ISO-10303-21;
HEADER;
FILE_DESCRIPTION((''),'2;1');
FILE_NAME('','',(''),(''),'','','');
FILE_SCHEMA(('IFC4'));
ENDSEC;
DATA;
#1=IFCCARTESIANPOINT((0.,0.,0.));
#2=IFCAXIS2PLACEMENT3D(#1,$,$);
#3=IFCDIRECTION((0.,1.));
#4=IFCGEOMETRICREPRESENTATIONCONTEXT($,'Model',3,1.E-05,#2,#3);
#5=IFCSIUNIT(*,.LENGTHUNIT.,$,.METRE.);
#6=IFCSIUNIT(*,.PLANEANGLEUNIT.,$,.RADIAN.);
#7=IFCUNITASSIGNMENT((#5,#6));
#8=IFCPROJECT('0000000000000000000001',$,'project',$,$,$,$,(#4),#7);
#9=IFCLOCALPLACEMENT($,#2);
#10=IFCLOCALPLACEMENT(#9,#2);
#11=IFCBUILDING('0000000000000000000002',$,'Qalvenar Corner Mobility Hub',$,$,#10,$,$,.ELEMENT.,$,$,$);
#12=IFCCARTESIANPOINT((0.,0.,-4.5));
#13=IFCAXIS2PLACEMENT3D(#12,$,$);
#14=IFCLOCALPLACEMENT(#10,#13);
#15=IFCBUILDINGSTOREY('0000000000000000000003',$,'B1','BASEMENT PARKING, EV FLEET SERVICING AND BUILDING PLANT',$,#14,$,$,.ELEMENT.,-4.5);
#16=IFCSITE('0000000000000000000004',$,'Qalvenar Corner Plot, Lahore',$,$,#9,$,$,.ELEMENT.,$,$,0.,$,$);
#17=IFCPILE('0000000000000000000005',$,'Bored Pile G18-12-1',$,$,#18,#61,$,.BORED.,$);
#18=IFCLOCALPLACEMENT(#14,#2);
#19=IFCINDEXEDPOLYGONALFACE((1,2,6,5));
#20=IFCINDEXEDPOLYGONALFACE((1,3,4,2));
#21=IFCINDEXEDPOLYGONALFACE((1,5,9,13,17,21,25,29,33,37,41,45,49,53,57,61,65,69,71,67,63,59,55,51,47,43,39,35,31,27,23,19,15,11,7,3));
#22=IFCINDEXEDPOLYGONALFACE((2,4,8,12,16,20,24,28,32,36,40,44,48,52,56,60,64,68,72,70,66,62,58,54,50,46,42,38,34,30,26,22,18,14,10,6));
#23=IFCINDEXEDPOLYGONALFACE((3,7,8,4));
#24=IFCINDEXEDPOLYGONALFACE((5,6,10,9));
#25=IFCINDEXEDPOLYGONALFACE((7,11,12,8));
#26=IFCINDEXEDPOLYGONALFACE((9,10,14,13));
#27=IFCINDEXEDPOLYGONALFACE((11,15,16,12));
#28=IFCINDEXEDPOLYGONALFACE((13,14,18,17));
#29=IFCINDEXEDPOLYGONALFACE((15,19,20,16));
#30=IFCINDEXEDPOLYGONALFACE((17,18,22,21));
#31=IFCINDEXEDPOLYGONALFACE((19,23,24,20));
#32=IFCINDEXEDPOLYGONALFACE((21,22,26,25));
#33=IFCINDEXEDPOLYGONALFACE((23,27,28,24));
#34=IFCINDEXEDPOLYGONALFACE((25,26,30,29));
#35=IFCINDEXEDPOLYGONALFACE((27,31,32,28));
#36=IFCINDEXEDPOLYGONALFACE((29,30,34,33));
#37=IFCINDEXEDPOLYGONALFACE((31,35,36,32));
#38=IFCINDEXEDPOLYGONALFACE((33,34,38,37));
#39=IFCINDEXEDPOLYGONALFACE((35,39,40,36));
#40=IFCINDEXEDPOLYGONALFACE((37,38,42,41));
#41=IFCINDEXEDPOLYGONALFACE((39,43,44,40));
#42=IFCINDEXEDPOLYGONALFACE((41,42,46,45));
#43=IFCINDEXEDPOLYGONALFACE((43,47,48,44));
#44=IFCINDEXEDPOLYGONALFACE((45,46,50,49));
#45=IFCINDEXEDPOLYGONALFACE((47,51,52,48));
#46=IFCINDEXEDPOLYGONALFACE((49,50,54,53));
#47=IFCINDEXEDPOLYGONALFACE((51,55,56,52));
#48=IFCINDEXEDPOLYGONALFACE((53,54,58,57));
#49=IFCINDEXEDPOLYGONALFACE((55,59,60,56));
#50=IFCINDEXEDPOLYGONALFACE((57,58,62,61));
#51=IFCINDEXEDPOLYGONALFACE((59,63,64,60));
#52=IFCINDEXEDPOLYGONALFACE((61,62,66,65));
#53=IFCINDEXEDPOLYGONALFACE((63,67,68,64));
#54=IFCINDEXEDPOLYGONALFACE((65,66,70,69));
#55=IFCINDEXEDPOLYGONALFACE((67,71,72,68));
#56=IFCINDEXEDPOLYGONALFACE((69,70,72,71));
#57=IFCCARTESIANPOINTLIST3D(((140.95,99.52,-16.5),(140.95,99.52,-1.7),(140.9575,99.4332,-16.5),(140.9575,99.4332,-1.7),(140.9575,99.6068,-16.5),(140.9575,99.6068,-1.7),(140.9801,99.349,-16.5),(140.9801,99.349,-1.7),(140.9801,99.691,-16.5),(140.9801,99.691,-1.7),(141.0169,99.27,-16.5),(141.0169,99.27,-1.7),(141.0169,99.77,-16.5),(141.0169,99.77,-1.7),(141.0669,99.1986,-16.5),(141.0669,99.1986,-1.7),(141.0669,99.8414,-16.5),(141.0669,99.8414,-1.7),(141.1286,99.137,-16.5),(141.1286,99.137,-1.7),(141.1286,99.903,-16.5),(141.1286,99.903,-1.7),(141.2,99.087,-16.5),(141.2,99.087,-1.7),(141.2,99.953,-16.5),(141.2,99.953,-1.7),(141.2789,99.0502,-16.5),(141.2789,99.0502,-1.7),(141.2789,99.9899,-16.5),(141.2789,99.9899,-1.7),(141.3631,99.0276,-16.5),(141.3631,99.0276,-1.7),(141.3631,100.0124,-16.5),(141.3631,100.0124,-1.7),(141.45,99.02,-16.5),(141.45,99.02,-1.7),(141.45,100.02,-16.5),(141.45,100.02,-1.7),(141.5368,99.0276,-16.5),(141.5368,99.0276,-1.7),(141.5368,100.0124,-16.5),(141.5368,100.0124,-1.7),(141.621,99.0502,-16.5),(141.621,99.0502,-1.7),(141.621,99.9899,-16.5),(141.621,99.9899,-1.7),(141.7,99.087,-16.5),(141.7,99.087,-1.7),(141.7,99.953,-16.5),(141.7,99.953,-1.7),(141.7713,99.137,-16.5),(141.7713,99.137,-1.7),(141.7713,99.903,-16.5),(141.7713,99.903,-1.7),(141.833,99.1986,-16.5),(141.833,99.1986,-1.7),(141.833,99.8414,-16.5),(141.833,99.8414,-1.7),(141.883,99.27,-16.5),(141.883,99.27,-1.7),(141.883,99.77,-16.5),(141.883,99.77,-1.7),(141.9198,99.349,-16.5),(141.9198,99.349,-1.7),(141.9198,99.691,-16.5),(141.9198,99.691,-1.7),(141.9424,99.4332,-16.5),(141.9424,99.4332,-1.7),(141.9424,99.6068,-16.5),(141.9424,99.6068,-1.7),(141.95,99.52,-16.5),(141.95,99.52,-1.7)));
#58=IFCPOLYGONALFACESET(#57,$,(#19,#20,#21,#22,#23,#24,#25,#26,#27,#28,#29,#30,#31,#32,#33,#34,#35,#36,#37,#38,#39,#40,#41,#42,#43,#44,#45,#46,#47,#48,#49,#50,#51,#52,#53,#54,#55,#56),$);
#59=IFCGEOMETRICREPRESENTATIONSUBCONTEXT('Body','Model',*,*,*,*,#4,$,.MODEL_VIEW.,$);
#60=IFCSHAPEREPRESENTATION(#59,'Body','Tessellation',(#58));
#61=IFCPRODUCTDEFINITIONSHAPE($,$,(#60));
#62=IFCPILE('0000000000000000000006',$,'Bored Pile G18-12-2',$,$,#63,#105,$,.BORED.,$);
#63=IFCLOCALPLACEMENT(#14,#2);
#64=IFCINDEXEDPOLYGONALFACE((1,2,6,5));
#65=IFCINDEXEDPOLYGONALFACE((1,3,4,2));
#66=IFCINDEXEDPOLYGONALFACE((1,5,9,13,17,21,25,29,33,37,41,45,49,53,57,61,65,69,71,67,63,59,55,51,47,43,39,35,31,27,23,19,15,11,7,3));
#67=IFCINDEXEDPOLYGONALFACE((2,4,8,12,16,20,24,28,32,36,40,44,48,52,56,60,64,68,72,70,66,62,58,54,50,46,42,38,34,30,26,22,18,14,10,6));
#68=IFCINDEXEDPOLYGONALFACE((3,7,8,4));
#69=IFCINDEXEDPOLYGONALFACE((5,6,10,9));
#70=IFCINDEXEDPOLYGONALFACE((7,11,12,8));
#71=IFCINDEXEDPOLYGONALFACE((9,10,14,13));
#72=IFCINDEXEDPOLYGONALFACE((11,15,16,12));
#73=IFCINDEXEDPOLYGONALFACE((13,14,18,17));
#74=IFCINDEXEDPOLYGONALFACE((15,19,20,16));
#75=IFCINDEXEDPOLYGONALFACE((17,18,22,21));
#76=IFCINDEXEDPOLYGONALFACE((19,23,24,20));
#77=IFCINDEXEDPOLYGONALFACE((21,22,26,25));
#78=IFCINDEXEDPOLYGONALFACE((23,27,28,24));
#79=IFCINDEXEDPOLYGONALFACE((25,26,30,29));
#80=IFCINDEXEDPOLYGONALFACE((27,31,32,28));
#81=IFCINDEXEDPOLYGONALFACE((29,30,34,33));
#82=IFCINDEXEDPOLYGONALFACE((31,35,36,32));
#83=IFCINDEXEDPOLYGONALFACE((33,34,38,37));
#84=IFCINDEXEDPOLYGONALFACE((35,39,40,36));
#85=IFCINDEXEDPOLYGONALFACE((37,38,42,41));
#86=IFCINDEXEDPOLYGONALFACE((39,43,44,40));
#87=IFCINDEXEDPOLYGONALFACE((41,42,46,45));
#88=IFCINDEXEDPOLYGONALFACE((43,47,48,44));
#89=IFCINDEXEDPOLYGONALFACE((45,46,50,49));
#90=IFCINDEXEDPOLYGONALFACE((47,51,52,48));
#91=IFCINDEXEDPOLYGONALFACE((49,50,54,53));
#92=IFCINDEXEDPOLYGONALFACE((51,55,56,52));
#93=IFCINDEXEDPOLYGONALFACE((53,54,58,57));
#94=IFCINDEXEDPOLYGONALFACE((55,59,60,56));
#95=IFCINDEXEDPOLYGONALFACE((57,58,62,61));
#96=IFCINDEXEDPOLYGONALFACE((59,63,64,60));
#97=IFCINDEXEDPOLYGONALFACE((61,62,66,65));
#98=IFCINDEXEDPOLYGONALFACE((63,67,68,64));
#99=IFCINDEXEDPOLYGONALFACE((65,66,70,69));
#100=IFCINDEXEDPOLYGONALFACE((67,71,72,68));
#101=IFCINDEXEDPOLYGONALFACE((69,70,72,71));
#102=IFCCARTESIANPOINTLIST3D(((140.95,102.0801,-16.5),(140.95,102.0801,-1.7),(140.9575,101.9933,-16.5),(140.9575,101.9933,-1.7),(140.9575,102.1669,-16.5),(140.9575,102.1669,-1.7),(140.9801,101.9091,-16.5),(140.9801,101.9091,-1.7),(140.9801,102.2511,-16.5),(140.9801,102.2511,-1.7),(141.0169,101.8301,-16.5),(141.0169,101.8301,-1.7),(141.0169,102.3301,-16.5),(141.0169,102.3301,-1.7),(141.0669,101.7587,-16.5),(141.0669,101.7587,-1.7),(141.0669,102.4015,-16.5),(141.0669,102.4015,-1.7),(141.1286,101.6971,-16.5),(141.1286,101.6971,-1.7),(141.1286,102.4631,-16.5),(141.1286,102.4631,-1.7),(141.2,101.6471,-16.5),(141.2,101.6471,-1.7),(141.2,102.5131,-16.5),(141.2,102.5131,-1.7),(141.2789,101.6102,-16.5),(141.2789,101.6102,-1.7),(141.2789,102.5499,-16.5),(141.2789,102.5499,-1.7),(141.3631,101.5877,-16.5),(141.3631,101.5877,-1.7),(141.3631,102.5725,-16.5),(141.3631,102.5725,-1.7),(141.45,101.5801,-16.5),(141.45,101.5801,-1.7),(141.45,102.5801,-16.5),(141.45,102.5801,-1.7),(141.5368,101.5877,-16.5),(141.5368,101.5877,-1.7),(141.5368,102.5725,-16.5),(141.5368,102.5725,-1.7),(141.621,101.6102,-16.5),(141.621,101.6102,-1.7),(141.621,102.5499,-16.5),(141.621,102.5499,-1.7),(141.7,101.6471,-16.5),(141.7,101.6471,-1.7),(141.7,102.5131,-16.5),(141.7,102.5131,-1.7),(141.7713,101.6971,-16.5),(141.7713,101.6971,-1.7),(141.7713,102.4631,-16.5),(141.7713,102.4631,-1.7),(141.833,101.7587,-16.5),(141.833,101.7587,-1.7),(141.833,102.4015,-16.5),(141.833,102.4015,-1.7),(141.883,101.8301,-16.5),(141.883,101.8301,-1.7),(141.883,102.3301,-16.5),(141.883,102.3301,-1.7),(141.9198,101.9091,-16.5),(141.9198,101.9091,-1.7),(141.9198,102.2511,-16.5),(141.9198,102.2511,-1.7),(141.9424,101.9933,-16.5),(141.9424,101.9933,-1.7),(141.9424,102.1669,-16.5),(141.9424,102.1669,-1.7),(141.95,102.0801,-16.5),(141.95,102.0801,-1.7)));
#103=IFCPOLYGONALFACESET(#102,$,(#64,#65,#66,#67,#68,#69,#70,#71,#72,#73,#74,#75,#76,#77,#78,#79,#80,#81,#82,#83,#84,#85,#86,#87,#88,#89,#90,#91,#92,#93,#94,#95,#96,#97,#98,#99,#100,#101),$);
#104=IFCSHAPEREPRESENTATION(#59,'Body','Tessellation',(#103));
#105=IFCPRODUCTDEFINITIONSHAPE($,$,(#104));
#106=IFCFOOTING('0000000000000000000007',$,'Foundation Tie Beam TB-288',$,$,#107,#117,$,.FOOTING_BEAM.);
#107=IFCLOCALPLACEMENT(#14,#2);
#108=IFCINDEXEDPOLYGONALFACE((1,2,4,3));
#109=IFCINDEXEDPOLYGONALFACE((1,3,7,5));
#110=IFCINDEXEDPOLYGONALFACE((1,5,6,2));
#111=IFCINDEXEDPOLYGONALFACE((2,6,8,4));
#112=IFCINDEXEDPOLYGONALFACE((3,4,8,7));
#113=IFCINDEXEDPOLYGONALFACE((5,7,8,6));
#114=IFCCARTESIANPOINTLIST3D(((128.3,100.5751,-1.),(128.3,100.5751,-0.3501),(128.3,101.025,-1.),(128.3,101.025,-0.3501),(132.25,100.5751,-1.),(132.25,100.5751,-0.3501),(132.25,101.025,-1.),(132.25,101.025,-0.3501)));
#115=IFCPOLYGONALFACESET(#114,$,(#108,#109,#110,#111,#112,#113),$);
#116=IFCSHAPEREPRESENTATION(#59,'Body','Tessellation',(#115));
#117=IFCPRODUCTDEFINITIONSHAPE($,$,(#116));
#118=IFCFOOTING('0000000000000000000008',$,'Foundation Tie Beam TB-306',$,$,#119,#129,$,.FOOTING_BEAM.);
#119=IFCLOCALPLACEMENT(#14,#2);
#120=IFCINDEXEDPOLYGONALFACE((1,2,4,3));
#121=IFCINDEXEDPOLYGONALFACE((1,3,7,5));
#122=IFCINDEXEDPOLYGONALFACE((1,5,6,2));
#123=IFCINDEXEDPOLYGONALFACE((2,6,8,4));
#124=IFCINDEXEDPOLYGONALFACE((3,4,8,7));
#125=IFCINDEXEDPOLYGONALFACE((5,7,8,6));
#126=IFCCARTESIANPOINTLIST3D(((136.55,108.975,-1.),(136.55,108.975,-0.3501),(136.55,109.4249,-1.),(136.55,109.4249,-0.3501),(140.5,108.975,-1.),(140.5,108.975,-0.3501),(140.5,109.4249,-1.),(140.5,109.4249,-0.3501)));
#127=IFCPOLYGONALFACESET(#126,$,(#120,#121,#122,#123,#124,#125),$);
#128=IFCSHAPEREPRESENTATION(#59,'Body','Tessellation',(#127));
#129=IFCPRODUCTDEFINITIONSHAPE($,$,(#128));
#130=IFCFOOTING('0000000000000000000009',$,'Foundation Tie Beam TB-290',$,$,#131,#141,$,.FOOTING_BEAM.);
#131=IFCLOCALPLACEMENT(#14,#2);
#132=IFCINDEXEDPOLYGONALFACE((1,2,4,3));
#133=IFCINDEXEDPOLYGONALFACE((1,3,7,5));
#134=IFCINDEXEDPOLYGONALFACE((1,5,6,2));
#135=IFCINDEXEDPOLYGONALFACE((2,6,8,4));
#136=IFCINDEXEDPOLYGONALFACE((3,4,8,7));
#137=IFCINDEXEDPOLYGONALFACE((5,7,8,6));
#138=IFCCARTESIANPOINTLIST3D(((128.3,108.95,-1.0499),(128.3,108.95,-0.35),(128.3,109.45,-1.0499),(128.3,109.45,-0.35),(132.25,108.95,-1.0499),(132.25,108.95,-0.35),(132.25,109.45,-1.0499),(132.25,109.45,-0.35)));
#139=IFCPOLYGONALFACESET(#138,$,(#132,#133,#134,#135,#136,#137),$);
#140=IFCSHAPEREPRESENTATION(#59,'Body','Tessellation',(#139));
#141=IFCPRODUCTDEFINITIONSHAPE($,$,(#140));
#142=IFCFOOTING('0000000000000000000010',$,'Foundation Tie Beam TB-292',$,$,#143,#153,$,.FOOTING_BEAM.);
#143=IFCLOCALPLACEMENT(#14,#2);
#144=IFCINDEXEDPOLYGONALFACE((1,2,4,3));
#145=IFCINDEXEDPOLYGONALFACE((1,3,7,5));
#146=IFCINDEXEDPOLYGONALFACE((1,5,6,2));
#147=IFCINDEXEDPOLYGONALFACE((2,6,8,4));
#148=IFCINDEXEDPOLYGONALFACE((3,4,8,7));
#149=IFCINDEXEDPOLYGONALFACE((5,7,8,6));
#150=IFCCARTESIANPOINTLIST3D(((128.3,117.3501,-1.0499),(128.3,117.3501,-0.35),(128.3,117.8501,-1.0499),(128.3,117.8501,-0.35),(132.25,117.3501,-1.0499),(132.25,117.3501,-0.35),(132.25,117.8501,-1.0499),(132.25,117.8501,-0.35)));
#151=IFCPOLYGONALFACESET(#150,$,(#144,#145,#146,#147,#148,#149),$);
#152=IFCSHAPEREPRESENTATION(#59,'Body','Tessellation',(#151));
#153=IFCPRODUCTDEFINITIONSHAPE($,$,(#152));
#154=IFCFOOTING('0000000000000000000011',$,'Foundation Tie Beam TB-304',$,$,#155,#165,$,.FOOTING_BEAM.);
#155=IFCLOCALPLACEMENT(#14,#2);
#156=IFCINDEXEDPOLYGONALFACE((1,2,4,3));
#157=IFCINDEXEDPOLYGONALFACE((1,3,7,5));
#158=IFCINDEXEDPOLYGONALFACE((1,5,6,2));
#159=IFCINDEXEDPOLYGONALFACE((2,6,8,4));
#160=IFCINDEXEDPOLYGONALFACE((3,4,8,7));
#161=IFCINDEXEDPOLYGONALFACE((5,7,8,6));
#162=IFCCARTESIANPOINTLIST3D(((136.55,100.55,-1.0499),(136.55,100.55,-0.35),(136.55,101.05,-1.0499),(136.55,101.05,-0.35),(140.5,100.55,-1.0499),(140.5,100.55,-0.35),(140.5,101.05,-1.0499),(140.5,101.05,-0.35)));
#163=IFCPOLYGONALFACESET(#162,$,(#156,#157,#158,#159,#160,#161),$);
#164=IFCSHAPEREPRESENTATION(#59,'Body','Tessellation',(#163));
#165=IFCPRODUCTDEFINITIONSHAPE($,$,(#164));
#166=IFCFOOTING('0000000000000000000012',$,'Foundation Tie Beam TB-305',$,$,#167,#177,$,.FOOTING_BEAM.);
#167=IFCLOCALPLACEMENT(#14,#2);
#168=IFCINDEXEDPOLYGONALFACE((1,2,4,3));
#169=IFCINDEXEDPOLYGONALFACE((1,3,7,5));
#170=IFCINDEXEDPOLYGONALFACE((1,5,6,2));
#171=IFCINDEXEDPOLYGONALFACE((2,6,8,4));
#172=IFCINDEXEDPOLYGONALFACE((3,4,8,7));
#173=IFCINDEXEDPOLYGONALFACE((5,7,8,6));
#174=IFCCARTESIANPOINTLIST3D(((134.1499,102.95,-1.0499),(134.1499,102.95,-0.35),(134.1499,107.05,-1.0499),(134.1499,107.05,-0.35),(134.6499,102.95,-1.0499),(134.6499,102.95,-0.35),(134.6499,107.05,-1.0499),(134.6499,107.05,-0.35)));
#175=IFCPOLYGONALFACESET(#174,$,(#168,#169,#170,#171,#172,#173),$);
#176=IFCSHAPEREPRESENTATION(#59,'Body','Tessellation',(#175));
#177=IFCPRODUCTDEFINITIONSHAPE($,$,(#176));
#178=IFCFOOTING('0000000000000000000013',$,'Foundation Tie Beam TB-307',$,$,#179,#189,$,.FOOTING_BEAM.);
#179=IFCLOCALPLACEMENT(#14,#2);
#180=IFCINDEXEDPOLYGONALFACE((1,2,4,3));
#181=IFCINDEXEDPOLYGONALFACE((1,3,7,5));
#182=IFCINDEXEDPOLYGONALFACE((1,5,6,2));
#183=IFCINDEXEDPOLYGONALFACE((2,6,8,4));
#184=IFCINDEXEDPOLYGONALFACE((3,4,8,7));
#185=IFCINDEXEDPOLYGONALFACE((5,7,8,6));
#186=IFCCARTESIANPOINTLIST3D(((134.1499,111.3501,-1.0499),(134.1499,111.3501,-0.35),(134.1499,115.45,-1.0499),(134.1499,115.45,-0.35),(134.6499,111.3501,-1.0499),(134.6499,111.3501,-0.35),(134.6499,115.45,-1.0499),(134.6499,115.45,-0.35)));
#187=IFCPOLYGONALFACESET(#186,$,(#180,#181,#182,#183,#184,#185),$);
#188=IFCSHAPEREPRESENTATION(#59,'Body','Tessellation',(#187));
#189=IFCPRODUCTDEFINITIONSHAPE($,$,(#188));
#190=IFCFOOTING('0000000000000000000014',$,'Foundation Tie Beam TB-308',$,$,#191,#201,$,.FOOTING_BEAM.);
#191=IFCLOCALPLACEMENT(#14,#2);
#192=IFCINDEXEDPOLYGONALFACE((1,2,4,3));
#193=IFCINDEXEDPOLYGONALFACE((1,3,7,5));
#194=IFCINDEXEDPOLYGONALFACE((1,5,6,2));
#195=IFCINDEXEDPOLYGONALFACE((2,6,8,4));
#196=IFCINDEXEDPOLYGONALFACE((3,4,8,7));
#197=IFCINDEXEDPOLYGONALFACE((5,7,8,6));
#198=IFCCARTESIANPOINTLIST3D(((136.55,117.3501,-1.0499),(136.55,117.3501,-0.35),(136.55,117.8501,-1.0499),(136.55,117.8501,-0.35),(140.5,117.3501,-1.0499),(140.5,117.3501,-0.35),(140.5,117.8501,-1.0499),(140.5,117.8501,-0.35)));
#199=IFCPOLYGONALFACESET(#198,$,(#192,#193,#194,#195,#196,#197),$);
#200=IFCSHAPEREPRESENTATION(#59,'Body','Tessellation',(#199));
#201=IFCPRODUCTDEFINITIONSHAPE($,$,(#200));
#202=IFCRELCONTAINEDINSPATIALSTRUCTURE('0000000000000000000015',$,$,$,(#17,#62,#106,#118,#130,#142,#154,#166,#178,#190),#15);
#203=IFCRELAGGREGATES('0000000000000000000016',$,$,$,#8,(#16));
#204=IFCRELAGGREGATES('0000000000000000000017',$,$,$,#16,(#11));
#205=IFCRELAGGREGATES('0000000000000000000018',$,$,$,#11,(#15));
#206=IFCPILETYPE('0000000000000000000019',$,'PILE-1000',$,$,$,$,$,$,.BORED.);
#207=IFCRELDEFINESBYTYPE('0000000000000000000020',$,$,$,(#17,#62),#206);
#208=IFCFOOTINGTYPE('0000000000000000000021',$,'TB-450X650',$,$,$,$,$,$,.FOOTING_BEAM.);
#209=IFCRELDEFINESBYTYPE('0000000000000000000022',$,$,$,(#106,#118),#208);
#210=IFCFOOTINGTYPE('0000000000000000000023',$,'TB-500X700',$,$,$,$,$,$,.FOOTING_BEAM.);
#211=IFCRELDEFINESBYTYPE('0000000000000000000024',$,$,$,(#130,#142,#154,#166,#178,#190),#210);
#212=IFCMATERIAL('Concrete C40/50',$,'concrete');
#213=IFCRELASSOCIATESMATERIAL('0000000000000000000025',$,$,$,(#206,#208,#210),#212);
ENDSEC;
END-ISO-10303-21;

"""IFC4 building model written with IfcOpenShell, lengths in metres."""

from ifc_helpers import new_model, si_unit, direction, frame, origin, origin_2d, place, context, subcontext, project, spatial, rectangle, circle, extrude, material, material_profile, profile_set, type_object, element, save


model = new_model("IFC4")

# Units and contexts
model_context = context("Model", 3, precision=1e-05, world=origin(), true_north=direction((0.0, 1.0)))
body_context = subcontext(model_context, "Body", "Model", "MODEL_VIEW")
ifc_project = project(units=[si_unit("LENGTHUNIT", "METRE"), si_unit("PLANEANGLEUNIT", "RADIAN")], contexts=[model_context])

# Site, building, storey
site_placement = place(None, origin())
site = spatial("IfcSite", under=ifc_project, at=site_placement, Name="Qalvenar Corner Plot, Lahore", CompositionType="ELEMENT", RefElevation=0.0)
building_placement = place(site_placement, origin())
building = spatial("IfcBuilding", under=site, at=building_placement, Name="Qalvenar Corner Mobility Hub", CompositionType="ELEMENT")
storey_placement = place(building_placement, frame((0.0, 0.0, -4.5)))
storey = spatial("IfcBuildingStorey", under=building, at=storey_placement, Name="B1", Description="BASEMENT PARKING, EV FLEET SERVICING AND BUILDING PLANT", CompositionType="ELEMENT", Elevation=-4.5)

# Shared definitions
ifc_material_1 = material(Name="Concrete C40/50", Category="concrete")

# Piles
ifc_material_profile_1 = material_profile(ifc_material_1, circle(Radius=0.5, at=origin_2d()), Name="DIA1000")
ifc_profile_set_1 = profile_set([ifc_material_profile_1], Name="Concrete C40/50")
pile_type = type_object("IfcPileType", Name="PILE-1000", PredefinedType="BORED", material=ifc_profile_set_1)
for number, where, z_axis, x_axis, name in (
    (1, (141.45, 99.52, -1.7), (0.0, 0.0, -1.0), (1.0, 0.0, 0.0), "Bored Pile G18-12-1"),
    (2, (141.45, 102.0801, -1.7), (0.0, 0.0, -1.0), (1.0, 0.0, 0.0), "Bored Pile G18-12-2"),
):
    element("IfcPile", number, at=place(storey_placement, frame(where, z_axis=z_axis, x_axis=x_axis)), inside=storey, type_object=pile_type, Name=name, PredefinedType="BORED", context=body_context, shape_type="SweptSolid", body=[
        extrude(circle(Radius=0.5, at=origin_2d()), origin(), (0.0, 0.0, 1.0), 14.8),
    ])

# Footings
ifc_material_profile_2 = material_profile(ifc_material_1, rectangle(XDim=0.45, YDim=0.6499, at=origin_2d()), Name="RC450x650")
ifc_profile_set_2 = profile_set([ifc_material_profile_2], Name="Concrete C40/50")
footing_type_1 = type_object("IfcFootingType", Name="TB-450X650", PredefinedType="FOOTING_BEAM", material=ifc_profile_set_2)
for number, where, z_axis, x_axis, name in (
    (3, (128.3, 100.8, -0.675), (1.0, 0.0, 0.0), (0.0, 1.0, 0.0), "Foundation Tie Beam TB-288"),
    (4, (136.55, 109.2, -0.675), (1.0, 0.0, 0.0), (0.0, 1.0, 0.0), "Foundation Tie Beam TB-306"),
):
    element("IfcFooting", number, at=place(storey_placement, frame(where, z_axis=z_axis, x_axis=x_axis)), inside=storey, type_object=footing_type_1, Name=name, PredefinedType="FOOTING_BEAM", context=body_context, shape_type="SweptSolid", body=[
        extrude(rectangle(XDim=0.45, YDim=0.6499, at=origin_2d()), origin(), (0.0, 0.0, 1.0), 3.95),
    ])
ifc_material_profile_3 = material_profile(ifc_material_1, rectangle(XDim=0.5, YDim=0.7, at=origin_2d()), Name="RC500x700")
ifc_profile_set_3 = profile_set([ifc_material_profile_3], Name="Concrete C40/50")
footing_type_2 = type_object("IfcFootingType", Name="TB-500X700", PredefinedType="FOOTING_BEAM", material=ifc_profile_set_3)
for number, where, z_axis, x_axis, name in (
    (5, (128.3, 109.2, -0.7), (1.0, 0.0, 0.0), (0.0, 1.0, 0.0), "Foundation Tie Beam TB-290"),
    (6, (128.3, 117.6001, -0.7), (1.0, 0.0, 0.0), (0.0, 1.0, 0.0), "Foundation Tie Beam TB-292"),
    (7, (136.55, 100.8, -0.7), (1.0, 0.0, 0.0), (0.0, 1.0, 0.0), "Foundation Tie Beam TB-304"),
):
    element("IfcFooting", number, at=place(storey_placement, frame(where, z_axis=z_axis, x_axis=x_axis)), inside=storey, type_object=footing_type_2, Name=name, PredefinedType="FOOTING_BEAM", context=body_context, shape_type="SweptSolid", body=[
        extrude(rectangle(XDim=0.5, YDim=0.7, at=origin_2d()), origin(), (0.0, 0.0, 1.0), 3.95),
    ])
footing_1_placement = place(storey_placement, frame((134.3999, 102.95, -0.7), z_axis=(0.0, 1.0, 0.0), x_axis=(-1.0, 0.0, 0.0)))
element("IfcFooting", 8, at=footing_1_placement, inside=storey, type_object=footing_type_2, Name="Foundation Tie Beam TB-305", PredefinedType="FOOTING_BEAM", context=body_context, shape_type="SweptSolid", body=[
    extrude(rectangle(XDim=0.5, YDim=0.7, at=origin_2d()), origin(), (0.0, 0.0, 1.0), 4.1001),
])
footing_2_placement = place(storey_placement, frame((134.3999, 111.3501, -0.7), z_axis=(0.0, 1.0, 0.0), x_axis=(-1.0, 0.0, 0.0)))
element("IfcFooting", 9, at=footing_2_placement, inside=storey, type_object=footing_type_2, Name="Foundation Tie Beam TB-307", PredefinedType="FOOTING_BEAM", context=body_context, shape_type="SweptSolid", body=[
    extrude(rectangle(XDim=0.5, YDim=0.7, at=origin_2d()), origin(), (0.0, 0.0, 1.0), 4.0999),
])
footing_3_placement = place(storey_placement, frame((136.55, 117.6001, -0.7), z_axis=(1.0, 0.0, 0.0), x_axis=(0.0, 1.0, 0.0)))
element("IfcFooting", 10, at=footing_3_placement, inside=storey, type_object=footing_type_2, Name="Foundation Tie Beam TB-308", PredefinedType="FOOTING_BEAM", context=body_context, shape_type="SweptSolid", body=[
    extrude(rectangle(XDim=0.5, YDim=0.7, at=origin_2d()), origin(), (0.0, 0.0, 1.0), 3.95),
])

save(model, "model.ifc")
